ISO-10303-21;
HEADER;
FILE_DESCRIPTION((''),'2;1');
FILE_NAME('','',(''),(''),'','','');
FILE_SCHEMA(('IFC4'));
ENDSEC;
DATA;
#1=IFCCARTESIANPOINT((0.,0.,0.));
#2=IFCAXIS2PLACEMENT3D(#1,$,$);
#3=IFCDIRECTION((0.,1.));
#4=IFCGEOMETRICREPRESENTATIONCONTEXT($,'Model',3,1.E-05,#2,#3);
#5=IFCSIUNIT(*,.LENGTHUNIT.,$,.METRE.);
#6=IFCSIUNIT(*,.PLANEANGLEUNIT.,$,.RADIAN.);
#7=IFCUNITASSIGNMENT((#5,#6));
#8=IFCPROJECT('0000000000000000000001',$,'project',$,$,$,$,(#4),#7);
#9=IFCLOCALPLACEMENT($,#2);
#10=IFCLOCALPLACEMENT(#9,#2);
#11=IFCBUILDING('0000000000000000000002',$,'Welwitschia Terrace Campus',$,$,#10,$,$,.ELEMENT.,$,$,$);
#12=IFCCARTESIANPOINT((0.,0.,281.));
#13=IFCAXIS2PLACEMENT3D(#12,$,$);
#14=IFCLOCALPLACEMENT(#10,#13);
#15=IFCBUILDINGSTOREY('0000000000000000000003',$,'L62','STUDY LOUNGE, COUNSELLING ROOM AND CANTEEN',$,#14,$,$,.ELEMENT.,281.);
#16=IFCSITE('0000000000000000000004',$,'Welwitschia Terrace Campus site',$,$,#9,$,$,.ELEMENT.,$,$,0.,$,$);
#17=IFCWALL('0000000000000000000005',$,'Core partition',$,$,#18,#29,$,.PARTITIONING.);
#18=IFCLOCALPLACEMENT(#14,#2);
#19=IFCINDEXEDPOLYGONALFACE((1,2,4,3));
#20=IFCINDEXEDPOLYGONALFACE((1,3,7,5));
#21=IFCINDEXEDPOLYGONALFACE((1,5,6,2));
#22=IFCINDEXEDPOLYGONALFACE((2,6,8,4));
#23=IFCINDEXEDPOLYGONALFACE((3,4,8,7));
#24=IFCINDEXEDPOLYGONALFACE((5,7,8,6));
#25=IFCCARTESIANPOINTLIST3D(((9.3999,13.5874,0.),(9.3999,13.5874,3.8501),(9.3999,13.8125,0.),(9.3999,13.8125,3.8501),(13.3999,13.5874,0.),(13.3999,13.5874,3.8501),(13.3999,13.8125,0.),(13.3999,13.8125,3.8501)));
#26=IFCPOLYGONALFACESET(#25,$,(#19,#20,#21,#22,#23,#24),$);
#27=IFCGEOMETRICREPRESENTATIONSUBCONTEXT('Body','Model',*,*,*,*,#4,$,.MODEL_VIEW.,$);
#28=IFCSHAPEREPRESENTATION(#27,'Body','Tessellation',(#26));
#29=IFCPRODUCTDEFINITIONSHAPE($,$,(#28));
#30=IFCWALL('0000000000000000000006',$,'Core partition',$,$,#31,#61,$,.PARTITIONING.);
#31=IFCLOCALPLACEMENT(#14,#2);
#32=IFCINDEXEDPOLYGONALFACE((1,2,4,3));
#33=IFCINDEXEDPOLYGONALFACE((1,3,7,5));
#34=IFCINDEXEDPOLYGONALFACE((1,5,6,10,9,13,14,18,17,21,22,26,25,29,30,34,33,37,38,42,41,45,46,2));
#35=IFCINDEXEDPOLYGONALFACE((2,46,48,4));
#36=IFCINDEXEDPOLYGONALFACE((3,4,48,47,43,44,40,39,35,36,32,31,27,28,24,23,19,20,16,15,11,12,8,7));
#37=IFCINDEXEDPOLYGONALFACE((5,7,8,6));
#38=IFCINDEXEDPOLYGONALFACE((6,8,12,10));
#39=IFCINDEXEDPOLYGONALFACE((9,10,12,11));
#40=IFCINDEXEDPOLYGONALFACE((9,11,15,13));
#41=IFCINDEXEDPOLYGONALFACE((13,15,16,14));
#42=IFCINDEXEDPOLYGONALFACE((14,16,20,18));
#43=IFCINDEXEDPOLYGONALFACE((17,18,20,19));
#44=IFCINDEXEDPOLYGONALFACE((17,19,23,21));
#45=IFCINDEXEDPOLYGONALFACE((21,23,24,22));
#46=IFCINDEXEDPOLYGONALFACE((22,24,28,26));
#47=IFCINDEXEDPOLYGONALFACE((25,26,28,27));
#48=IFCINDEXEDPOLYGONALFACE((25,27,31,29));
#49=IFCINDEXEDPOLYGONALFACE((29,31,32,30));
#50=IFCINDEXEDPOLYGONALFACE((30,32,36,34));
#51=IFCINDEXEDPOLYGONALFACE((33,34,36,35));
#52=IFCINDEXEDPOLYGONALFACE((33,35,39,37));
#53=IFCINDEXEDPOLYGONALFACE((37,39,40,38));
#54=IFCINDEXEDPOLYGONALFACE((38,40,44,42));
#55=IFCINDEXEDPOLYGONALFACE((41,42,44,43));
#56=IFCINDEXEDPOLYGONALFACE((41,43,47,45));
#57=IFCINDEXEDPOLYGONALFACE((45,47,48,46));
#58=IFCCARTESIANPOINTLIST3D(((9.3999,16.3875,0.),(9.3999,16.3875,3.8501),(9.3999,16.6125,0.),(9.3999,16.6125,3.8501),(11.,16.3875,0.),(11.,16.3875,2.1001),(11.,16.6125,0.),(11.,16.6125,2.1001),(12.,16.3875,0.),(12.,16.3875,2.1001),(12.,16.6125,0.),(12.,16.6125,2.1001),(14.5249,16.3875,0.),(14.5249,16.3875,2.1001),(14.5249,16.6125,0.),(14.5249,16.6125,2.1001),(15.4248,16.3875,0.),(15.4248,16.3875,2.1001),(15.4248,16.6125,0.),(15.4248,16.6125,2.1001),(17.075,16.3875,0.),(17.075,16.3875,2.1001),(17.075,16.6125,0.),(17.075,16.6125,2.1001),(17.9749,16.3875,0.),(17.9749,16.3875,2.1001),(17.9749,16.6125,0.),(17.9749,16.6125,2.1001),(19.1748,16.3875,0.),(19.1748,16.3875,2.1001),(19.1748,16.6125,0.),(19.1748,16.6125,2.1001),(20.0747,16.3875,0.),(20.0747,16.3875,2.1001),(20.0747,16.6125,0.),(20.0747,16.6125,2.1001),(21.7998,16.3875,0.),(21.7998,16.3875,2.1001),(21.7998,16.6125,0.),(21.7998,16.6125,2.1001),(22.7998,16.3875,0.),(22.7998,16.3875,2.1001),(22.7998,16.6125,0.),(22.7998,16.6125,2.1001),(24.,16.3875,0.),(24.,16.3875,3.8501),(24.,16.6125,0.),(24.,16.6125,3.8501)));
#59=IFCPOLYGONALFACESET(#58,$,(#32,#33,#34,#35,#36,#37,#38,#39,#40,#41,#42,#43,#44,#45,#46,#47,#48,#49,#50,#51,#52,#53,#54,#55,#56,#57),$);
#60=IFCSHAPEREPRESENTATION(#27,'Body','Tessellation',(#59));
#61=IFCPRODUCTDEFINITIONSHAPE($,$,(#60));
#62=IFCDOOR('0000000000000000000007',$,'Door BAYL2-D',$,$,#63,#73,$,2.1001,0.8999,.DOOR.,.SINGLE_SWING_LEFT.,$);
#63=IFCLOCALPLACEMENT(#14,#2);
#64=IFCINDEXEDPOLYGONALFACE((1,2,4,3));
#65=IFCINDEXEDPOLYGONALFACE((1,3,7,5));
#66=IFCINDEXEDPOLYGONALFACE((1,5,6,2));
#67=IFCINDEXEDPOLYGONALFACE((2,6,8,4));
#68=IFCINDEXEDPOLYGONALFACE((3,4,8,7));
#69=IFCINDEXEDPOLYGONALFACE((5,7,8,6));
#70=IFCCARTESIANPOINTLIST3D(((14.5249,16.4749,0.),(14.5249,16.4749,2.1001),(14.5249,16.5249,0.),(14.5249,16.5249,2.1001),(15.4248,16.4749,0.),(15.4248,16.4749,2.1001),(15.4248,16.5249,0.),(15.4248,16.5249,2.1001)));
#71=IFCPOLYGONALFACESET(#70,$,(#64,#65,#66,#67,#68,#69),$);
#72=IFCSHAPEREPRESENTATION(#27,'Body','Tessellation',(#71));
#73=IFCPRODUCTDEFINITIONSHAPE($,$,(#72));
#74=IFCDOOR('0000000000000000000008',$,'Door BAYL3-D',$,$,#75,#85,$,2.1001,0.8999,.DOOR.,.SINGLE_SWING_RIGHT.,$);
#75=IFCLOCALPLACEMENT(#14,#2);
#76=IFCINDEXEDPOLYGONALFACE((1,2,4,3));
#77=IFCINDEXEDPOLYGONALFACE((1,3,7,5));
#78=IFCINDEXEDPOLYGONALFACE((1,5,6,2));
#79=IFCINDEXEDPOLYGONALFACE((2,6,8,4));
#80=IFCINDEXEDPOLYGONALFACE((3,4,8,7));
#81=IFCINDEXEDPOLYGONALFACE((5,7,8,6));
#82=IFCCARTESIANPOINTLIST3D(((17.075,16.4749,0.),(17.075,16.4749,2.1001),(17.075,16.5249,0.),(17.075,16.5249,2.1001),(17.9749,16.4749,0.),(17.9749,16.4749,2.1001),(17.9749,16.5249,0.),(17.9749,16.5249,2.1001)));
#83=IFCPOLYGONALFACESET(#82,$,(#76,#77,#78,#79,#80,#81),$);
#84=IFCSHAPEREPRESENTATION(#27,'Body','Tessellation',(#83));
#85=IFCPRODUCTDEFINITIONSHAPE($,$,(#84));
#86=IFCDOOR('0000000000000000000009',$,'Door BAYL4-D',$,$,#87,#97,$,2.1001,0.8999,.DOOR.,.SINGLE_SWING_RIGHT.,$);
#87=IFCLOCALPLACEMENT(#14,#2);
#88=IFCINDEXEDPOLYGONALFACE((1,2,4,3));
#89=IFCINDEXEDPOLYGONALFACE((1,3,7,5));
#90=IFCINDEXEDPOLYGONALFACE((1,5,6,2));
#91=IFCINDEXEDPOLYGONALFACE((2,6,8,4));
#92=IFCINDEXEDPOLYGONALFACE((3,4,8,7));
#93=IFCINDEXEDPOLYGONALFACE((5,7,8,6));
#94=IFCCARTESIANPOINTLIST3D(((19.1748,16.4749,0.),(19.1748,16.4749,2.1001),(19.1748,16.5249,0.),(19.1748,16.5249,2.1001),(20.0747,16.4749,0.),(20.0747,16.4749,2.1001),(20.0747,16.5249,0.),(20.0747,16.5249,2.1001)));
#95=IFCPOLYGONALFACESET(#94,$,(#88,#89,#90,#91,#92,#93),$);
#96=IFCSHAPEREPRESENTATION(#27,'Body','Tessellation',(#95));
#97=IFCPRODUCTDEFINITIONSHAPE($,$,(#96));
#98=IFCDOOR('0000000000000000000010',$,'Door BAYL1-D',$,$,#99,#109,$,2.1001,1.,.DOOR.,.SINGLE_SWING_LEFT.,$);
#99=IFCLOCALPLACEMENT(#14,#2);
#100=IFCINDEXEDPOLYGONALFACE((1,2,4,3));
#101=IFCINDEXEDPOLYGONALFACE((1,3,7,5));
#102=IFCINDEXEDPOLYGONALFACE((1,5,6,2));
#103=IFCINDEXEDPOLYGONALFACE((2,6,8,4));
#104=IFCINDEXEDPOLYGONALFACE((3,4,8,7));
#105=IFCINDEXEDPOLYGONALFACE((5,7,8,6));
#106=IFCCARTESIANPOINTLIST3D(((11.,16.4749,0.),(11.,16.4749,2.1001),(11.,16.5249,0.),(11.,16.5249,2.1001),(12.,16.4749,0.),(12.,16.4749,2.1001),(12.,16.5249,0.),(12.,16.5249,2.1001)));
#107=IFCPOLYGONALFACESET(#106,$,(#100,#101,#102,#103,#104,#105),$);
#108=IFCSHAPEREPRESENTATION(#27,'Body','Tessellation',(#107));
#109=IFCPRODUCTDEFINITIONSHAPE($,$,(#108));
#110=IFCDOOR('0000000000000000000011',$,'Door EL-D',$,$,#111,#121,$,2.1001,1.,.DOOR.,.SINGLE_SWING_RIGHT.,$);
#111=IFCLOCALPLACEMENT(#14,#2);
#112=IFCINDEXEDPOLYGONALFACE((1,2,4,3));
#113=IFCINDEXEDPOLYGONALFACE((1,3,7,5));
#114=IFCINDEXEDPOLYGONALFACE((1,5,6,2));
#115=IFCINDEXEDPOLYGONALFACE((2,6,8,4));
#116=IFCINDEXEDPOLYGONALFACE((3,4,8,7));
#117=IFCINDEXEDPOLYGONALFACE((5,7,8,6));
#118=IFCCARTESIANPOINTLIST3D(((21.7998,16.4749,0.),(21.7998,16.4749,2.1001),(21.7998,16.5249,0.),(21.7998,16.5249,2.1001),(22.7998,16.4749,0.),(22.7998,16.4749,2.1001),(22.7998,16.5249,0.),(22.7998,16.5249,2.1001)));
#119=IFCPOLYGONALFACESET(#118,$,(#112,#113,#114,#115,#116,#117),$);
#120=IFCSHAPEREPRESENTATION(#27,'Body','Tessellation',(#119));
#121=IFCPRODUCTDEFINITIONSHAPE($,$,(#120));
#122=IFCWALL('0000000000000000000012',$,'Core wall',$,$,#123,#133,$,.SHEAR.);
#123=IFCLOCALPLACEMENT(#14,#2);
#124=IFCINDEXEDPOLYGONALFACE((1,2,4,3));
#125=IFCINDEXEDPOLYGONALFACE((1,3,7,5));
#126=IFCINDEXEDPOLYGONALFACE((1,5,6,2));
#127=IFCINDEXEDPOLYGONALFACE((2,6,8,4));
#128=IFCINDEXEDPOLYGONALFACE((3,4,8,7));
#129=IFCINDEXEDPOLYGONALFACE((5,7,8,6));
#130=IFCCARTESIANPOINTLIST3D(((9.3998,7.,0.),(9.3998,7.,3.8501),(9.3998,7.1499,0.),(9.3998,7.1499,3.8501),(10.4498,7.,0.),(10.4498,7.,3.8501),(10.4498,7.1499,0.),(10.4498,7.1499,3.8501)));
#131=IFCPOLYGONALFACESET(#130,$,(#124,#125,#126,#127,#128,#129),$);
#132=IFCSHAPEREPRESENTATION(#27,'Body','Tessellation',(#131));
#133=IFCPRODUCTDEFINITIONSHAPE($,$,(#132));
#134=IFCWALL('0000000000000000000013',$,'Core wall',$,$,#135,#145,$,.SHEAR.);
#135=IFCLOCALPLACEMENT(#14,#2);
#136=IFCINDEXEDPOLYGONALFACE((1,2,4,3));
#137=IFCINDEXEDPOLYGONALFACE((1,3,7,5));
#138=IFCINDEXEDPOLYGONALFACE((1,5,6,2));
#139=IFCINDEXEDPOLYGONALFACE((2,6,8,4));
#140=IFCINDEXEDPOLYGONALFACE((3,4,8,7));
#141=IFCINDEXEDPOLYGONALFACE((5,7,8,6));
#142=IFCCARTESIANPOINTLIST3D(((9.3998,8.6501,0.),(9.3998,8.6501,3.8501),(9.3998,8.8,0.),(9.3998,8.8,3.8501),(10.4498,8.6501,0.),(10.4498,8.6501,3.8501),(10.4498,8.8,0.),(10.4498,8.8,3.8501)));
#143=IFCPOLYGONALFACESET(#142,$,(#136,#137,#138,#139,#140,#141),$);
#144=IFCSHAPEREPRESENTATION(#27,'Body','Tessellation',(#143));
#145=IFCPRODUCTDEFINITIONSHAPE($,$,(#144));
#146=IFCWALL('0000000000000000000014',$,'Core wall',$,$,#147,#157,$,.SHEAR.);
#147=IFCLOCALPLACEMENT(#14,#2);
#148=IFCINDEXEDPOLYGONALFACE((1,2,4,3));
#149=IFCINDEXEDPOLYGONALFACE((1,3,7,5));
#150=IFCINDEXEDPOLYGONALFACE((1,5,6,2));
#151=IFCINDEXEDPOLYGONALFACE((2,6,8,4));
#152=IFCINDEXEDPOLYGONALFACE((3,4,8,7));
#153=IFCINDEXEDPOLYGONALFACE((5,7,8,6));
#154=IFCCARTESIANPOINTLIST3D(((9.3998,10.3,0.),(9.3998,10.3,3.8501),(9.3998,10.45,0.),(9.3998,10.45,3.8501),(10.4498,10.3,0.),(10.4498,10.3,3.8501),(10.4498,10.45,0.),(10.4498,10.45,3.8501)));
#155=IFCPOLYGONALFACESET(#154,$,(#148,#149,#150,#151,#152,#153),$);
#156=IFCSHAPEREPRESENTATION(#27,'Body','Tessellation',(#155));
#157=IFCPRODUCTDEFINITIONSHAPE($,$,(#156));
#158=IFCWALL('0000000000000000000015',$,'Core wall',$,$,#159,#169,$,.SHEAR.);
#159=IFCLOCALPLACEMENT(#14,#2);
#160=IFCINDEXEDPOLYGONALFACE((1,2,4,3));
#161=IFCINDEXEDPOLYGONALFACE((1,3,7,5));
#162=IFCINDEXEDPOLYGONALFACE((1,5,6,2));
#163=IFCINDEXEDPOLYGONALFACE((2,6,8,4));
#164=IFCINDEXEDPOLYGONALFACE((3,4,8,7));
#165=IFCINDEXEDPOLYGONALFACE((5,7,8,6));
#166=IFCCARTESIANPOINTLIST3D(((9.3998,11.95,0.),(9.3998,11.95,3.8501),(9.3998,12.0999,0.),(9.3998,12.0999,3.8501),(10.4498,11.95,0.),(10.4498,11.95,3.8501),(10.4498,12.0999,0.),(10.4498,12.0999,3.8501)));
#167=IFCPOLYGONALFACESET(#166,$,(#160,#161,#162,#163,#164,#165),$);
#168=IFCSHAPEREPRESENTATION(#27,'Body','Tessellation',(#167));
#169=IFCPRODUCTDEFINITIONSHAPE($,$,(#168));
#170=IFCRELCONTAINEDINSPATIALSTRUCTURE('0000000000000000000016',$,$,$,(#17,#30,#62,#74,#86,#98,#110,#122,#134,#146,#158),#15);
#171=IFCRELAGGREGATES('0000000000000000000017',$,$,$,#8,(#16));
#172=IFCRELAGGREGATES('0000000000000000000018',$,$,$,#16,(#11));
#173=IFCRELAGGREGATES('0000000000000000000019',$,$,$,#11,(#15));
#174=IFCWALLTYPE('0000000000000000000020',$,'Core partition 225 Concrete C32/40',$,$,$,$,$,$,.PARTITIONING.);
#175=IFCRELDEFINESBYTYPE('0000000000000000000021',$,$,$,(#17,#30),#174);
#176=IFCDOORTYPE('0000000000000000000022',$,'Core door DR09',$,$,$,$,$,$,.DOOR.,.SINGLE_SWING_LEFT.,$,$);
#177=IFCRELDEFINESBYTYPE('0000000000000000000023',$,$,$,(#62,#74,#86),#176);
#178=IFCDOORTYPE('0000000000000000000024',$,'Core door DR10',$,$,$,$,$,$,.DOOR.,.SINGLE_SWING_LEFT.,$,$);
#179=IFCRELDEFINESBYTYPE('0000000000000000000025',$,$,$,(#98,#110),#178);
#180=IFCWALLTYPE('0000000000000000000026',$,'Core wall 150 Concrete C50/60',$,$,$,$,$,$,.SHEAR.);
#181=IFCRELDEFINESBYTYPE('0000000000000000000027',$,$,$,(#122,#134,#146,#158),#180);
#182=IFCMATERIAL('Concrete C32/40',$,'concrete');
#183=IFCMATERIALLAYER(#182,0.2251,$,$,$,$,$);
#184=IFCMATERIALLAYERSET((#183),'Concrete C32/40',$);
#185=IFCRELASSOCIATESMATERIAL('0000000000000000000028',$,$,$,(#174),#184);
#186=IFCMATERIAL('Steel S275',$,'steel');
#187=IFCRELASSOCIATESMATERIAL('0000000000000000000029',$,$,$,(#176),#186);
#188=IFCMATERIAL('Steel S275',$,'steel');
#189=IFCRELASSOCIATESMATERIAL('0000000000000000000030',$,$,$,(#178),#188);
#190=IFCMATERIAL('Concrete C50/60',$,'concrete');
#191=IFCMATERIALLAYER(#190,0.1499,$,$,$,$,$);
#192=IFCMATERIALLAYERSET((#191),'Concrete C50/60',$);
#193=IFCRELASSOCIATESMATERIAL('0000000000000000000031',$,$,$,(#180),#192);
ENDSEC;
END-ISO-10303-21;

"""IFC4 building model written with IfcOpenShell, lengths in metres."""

from ifc_helpers import new_model, si_unit, direction, frame, frame_2d, origin, place, context, subcontext, project, spatial, rectangle, extrude, material, layer, layer_set, type_object, element, fill, save


model = new_model("IFC4")

# Units and contexts
model_context = context("Model", 3, precision=1e-05, world=origin(), true_north=direction((0.0, 1.0)))
body_context = subcontext(model_context, "Body", "Model", "MODEL_VIEW")
ifc_project = project(units=[si_unit("LENGTHUNIT", "METRE"), si_unit("PLANEANGLEUNIT", "RADIAN")], contexts=[model_context])

# Site, building, storey
site_placement = place(None, origin())
site = spatial("IfcSite", under=ifc_project, at=site_placement, Name="Welwitschia Terrace Campus site", CompositionType="ELEMENT", RefElevation=0.0)
building_placement = place(site_placement, origin())
building = spatial("IfcBuilding", under=site, at=building_placement, Name="Welwitschia Terrace Campus", CompositionType="ELEMENT")
storey_placement = place(building_placement, frame((0.0, 0.0, 281.0)))
storey = spatial("IfcBuildingStorey", under=building, at=storey_placement, Name="L62", Description="STUDY LOUNGE, COUNSELLING ROOM AND CANTEEN", CompositionType="ELEMENT", Elevation=281.0)

# Wall
ifc_material_1 = material(Name="Concrete C32/40", Category="concrete")
ifc_layer_1 = layer(ifc_material_1, 0.2251)
ifc_layer_set_1 = layer_set([ifc_layer_1], Name="Concrete C32/40")
wall_type_1 = type_object("IfcWallType", Name="Core partition 225 Concrete C32/40", PredefinedType="PARTITIONING", material=ifc_layer_set_1)
wall_1_placement = place(storey_placement, frame((9.3999, 13.7, 0.0), z_axis=(0.0, 0.0, 1.0), x_axis=(1.0, 0.0, 0.0)))
element("IfcWall", 1, at=wall_1_placement, inside=storey, type_object=wall_type_1, Name="Core partition", PredefinedType="PARTITIONING", context=body_context, shape_type="SweptSolid", body=[
    extrude(rectangle(XDim=4.0, YDim=0.2251, at=frame_2d((2.0, 0.0))), origin(), (0.0, 0.0, 1.0), 3.8501),
])

# Wall, openings, doors
wall_2_placement = place(storey_placement, frame((9.3999, 16.5, 0.0), z_axis=(0.0, 0.0, 1.0), x_axis=(1.0, 0.0, 0.0)))
wall_2 = element("IfcWall", 2, at=wall_2_placement, inside=storey, type_object=wall_type_1, Name="Core partition", PredefinedType="PARTITIONING", context=body_context, shape_type="SweptSolid", body=[
    extrude(rectangle(XDim=14.6001, YDim=0.2251, at=frame_2d((7.3, 0.0))), origin(), (0.0, 0.0, 1.0), 3.8501),
])
opening_1_placement = place(wall_2_placement, frame((1.6001, 0.0, 0.0)))
opening_1 = element("IfcOpeningElement", 3, at=opening_1_placement, cuts=wall_2, PredefinedType="OPENING", context=body_context, shape_type="SweptSolid", body=[
    extrude(rectangle(XDim=1.0, YDim=2.1001, at=frame_2d((0.5, 1.05))), frame((0.0, 0.1226, 0.0), z_axis=(0.0, -1.0, 0.0), x_axis=(1.0, 0.0, 0.0)), (0.0, 0.0, 1.0), 0.2451),
])
opening_2_placement = place(wall_2_placement, frame((5.125, 0.0, 0.0)))
opening_2 = element("IfcOpeningElement", 4, at=opening_2_placement, cuts=wall_2, PredefinedType="OPENING", context=body_context, shape_type="SweptSolid", body=[
    extrude(rectangle(XDim=0.8999, YDim=2.1001, at=frame_2d((0.45, 1.05))), frame((0.0, 0.1226, 0.0), z_axis=(0.0, -1.0, 0.0), x_axis=(1.0, 0.0, 0.0)), (0.0, 0.0, 1.0), 0.2451),
])
opening_3_placement = place(wall_2_placement, frame((7.675, 0.0, 0.0)))
opening_3 = element("IfcOpeningElement", 5, at=opening_3_placement, cuts=wall_2, PredefinedType="OPENING", context=body_context, shape_type="SweptSolid", body=[
    extrude(rectangle(XDim=0.8999, YDim=2.1001, at=frame_2d((0.45, 1.05))), frame((0.0, 0.1226, 0.0), z_axis=(0.0, -1.0, 0.0), x_axis=(1.0, 0.0, 0.0)), (0.0, 0.0, 1.0), 0.2451),
])
opening_4_placement = place(wall_2_placement, frame((9.7749, 0.0, 0.0)))
opening_4 = element("IfcOpeningElement", 6, at=opening_4_placement, cuts=wall_2, PredefinedType="OPENING", context=body_context, shape_type="SweptSolid", body=[
    extrude(rectangle(XDim=0.8999, YDim=2.1001, at=frame_2d((0.45, 1.05))), frame((0.0, 0.1226, 0.0), z_axis=(0.0, -1.0, 0.0), x_axis=(1.0, 0.0, 0.0)), (0.0, 0.0, 1.0), 0.2451),
])
opening_5_placement = place(wall_2_placement, frame((12.3999, 0.0, 0.0)))
opening_5 = element("IfcOpeningElement", 7, at=opening_5_placement, cuts=wall_2, PredefinedType="OPENING", context=body_context, shape_type="SweptSolid", body=[
    extrude(rectangle(XDim=1.0, YDim=2.1001, at=frame_2d((0.5, 1.05))), frame((0.0, 0.1226, 0.0), z_axis=(0.0, -1.0, 0.0), x_axis=(1.0, 0.0, 0.0)), (0.0, 0.0, 1.0), 0.2451),
])
ifc_material_2 = material(Name="Steel S275", Category="steel")
door_type_1 = type_object("IfcDoorType", Name="Core door DR09", OperationType="SINGLE_SWING_LEFT", PredefinedType="DOOR", material=ifc_material_2)
door_1_placement = place(opening_2_placement, origin())
door_1 = element("IfcDoor", 8, at=door_1_placement, inside=storey, type_object=door_type_1, Name="Door BAYL2-D", OperationType="SINGLE_SWING_LEFT", OverallHeight=2.1001, OverallWidth=0.8999, PredefinedType="DOOR", context=body_context, shape_type="SweptSolid", body=[
    extrude(rectangle(XDim=0.8999, YDim=2.1001, at=frame_2d((0.45, 1.05))), frame((0.0, 0.0249, 0.0), z_axis=(0.0, -1.0, 0.0), x_axis=(1.0, 0.0, 0.0)), (0.0, 0.0, 1.0), 0.05),
])
fill(opening_2, door_1)
door_2_placement = place(opening_3_placement, origin())
door_2 = element("IfcDoor", 9, at=door_2_placement, inside=storey, type_object=door_type_1, Name="Door BAYL3-D", OperationType="SINGLE_SWING_RIGHT", OverallHeight=2.1001, OverallWidth=0.8999, PredefinedType="DOOR", context=body_context, shape_type="SweptSolid", body=[
    extrude(rectangle(XDim=0.8999, YDim=2.1001, at=frame_2d((0.45, 1.05))), frame((0.0, 0.0249, 0.0), z_axis=(0.0, -1.0, 0.0), x_axis=(1.0, 0.0, 0.0)), (0.0, 0.0, 1.0), 0.05),
])
fill(opening_3, door_2)
door_3_placement = place(opening_4_placement, origin())
door_3 = element("IfcDoor", 10, at=door_3_placement, inside=storey, type_object=door_type_1, Name="Door BAYL4-D", OperationType="SINGLE_SWING_RIGHT", OverallHeight=2.1001, OverallWidth=0.8999, PredefinedType="DOOR", context=body_context, shape_type="SweptSolid", body=[
    extrude(rectangle(XDim=0.8999, YDim=2.1001, at=frame_2d((0.45, 1.05))), frame((0.0, 0.0249, 0.0), z_axis=(0.0, -1.0, 0.0), x_axis=(1.0, 0.0, 0.0)), (0.0, 0.0, 1.0), 0.05),
])
fill(opening_4, door_3)
ifc_material_3 = material(Name="Steel S275", Category="steel")
door_type_2 = type_object("IfcDoorType", Name="Core door DR10", OperationType="SINGLE_SWING_LEFT", PredefinedType="DOOR", material=ifc_material_3)
door_4_placement = place(opening_1_placement, origin())
door_4 = element("IfcDoor", 11, at=door_4_placement, inside=storey, type_object=door_type_2, Name="Door BAYL1-D", OperationType="SINGLE_SWING_LEFT", OverallHeight=2.1001, OverallWidth=1.0, PredefinedType="DOOR", context=body_context, shape_type="SweptSolid", body=[
    extrude(rectangle(XDim=1.0, YDim=2.1001, at=frame_2d((0.5, 1.05))), frame((0.0, 0.0249, 0.0), z_axis=(0.0, -1.0, 0.0), x_axis=(1.0, 0.0, 0.0)), (0.0, 0.0, 1.0), 0.05),
])
fill(opening_1, door_4)
door_5_placement = place(opening_5_placement, origin())
door_5 = element("IfcDoor", 12, at=door_5_placement, inside=storey, type_object=door_type_2, Name="Door EL-D", OperationType="SINGLE_SWING_RIGHT", OverallHeight=2.1001, OverallWidth=1.0, PredefinedType="DOOR", context=body_context, shape_type="SweptSolid", body=[
    extrude(rectangle(XDim=1.0, YDim=2.1001, at=frame_2d((0.5, 1.05))), frame((0.0, 0.0249, 0.0), z_axis=(0.0, -1.0, 0.0), x_axis=(1.0, 0.0, 0.0)), (0.0, 0.0, 1.0), 0.05),
])
fill(opening_5, door_5)

# Walls
ifc_material_4 = material(Name="Concrete C50/60", Category="concrete")
ifc_layer_2 = layer(ifc_material_4, 0.1499)
ifc_layer_set_2 = layer_set([ifc_layer_2], Name="Concrete C50/60")
wall_type_2 = type_object("IfcWallType", Name="Core wall 150 Concrete C50/60", PredefinedType="SHEAR", material=ifc_layer_set_2)
for number, where, z_axis, x_axis, name in (
    (13, (9.3999, 7.075, 0.0), (0.0, 0.0, 1.0), (1.0, 0.0, 0.0), "Core wall"),
    (14, (9.3999, 8.7251, 0.0), (0.0, 0.0, 1.0), (1.0, 0.0, 0.0), "Core wall"),
    (15, (9.3999, 10.375, 0.0), (0.0, 0.0, 1.0), (1.0, 0.0, 0.0), "Core wall"),
    (16, (9.3999, 12.0249, 0.0), (0.0, 0.0, 1.0), (1.0, 0.0, 0.0), "Core wall"),
):
    element("IfcWall", number, at=place(storey_placement, frame(where, z_axis=z_axis, x_axis=x_axis)), inside=storey, type_object=wall_type_2, Name=name, PredefinedType="SHEAR", context=body_context, shape_type="SweptSolid", body=[
        extrude(rectangle(XDim=1.05, YDim=0.1499, at=frame_2d((0.5249, 0.0))), origin(), (0.0, 0.0, 1.0), 3.8501),
    ])

save(model, "model.ifc")
